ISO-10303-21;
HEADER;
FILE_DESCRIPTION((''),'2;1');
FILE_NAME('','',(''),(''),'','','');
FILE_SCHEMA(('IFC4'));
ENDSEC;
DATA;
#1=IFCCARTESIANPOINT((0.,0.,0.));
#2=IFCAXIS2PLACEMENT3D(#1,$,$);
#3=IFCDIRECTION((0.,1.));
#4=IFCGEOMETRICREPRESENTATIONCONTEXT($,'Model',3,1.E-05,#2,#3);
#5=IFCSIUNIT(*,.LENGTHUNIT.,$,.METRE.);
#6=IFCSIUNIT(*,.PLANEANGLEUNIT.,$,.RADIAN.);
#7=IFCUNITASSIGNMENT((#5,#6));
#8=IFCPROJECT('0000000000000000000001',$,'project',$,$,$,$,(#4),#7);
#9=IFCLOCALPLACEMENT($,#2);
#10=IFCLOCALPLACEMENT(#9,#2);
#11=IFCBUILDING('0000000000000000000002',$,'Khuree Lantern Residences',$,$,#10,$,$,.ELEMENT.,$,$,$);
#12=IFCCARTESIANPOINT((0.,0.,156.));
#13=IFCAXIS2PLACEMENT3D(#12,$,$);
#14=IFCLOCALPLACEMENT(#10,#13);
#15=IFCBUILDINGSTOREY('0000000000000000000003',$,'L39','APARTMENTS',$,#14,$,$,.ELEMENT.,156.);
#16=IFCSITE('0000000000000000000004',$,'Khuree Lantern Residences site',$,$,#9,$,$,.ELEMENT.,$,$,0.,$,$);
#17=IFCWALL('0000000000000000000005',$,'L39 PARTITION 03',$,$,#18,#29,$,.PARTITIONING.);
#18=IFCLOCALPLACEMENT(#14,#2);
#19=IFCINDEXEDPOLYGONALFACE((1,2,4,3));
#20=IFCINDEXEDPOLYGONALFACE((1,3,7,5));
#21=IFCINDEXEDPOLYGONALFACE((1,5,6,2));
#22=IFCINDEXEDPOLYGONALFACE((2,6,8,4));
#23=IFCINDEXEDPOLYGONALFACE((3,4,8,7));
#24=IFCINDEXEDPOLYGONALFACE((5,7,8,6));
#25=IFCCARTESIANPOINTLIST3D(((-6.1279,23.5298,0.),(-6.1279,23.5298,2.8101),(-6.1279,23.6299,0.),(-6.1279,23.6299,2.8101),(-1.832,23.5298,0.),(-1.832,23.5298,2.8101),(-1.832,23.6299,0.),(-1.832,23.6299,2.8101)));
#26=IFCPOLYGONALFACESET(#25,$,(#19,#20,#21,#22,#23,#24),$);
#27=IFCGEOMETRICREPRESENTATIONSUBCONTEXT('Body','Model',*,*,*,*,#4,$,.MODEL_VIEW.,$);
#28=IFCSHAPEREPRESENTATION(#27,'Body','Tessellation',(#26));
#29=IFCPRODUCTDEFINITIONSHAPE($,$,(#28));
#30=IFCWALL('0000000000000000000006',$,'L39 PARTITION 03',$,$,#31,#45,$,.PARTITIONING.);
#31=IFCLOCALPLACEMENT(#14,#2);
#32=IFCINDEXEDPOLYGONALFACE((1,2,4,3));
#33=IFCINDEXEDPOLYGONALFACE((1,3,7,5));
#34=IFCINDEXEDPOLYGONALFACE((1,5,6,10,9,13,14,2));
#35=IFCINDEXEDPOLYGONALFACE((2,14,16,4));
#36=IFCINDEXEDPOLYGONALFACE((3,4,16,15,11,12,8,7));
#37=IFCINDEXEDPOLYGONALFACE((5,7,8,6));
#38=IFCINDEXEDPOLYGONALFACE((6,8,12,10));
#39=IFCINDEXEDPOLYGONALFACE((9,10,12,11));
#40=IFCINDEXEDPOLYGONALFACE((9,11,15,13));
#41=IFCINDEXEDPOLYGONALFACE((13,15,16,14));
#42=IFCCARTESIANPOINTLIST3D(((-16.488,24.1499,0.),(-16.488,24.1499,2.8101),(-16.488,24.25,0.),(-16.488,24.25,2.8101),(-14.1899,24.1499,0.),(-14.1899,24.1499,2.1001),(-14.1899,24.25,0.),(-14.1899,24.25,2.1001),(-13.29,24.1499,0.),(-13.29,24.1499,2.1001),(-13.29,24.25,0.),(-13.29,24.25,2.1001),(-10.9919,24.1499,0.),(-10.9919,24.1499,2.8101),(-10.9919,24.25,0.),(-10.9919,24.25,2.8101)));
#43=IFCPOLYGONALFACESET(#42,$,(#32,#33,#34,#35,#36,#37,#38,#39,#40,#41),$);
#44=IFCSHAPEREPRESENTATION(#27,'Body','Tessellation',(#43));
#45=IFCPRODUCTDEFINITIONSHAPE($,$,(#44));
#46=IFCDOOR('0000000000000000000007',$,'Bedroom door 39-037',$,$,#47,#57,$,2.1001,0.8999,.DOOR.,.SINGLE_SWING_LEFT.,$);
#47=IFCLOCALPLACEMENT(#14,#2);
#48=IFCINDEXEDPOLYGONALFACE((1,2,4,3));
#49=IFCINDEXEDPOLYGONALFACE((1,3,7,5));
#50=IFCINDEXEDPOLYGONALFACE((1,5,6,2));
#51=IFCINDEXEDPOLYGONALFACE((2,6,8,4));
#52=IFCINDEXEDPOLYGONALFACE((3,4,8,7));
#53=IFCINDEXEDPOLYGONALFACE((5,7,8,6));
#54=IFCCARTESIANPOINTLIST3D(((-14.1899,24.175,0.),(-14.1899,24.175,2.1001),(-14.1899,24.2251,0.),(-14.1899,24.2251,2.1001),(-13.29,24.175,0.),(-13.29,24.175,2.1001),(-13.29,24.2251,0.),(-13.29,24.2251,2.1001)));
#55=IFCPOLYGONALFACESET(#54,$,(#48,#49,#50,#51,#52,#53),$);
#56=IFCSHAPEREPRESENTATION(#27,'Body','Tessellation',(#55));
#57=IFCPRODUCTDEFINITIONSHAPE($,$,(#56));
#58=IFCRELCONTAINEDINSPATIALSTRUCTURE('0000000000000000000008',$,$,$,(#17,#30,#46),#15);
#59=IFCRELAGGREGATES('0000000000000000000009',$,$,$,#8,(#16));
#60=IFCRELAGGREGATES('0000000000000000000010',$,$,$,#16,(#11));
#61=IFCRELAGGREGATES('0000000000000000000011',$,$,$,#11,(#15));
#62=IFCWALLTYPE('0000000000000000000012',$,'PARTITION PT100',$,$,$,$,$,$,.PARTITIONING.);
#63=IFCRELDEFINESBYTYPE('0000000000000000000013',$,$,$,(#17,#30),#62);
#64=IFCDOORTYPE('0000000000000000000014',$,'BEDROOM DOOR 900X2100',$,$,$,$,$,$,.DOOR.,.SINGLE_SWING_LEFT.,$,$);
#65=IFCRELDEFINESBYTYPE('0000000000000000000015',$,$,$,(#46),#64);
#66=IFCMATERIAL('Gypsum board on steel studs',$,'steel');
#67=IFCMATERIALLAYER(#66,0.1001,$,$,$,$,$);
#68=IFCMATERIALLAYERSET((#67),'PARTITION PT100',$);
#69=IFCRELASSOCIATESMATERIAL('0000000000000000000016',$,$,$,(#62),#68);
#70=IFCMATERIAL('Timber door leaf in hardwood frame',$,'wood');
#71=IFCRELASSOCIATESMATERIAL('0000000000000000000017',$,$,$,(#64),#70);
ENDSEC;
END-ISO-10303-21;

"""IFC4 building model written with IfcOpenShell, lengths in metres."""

from ifc_helpers import new_model, si_unit, direction, frame, frame_2d, origin, place, context, subcontext, project, spatial, rectangle, extrude, material, layer, layer_set, type_object, element, fill, save


model = new_model("IFC4")

# Units and contexts
model_context = context("Model", 3, precision=1e-05, world=origin(), true_north=direction((0.0, 1.0)))
body_context = subcontext(model_context, "Body", "Model", "MODEL_VIEW")
ifc_project = project(units=[si_unit("LENGTHUNIT", "METRE"), si_unit("PLANEANGLEUNIT", "RADIAN")], contexts=[model_context])

# Site, building, storey
site_placement = place(None, origin())
site = spatial("IfcSite", under=ifc_project, at=site_placement, Name="Khuree Lantern Residences site", CompositionType="ELEMENT", RefElevation=0.0)
building_placement = place(site_placement, origin())
building = spatial("IfcBuilding", under=site, at=building_placement, Name="Khuree Lantern Residences", CompositionType="ELEMENT")
storey_placement = place(building_placement, frame((0.0, 0.0, 156.0)))
storey = spatial("IfcBuildingStorey", under=building, at=storey_placement, Name="L39", Description="APARTMENTS", CompositionType="ELEMENT", Elevation=156.0)

# Shared definitions
ifc_material_1 = material(Name="Gypsum board on steel studs", Category="steel")
ifc_layer_1 = layer(ifc_material_1, 0.1001)
ifc_layer_set_1 = layer_set([ifc_layer_1], Name="PARTITION PT100")
wall_type = type_object("IfcWallType", Name="PARTITION PT100", PredefinedType="PARTITIONING", material=ifc_layer_set_1)

# Shared definitions
ifc_material_2 = material(Name="Timber door leaf in hardwood frame", Category="wood")
door_type_1 = type_object("IfcDoorType", Name="BEDROOM DOOR 900X2100", OperationType="SINGLE_SWING_LEFT", PredefinedType="DOOR", material=ifc_material_2)

# Wall
wall_1_placement = place(storey_placement, frame((-1.832, 23.5798, 0.0), z_axis=(0.0, 0.0, 1.0), x_axis=(-1.0, 0.0, 0.0)))
element("IfcWall", 1, at=wall_1_placement, inside=storey, type_object=wall_type, Name="L39 PARTITION 03", PredefinedType="PARTITIONING", context=body_context, shape_type="SweptSolid", body=[
    extrude(rectangle(XDim=4.2959, YDim=0.1001, at=frame_2d((2.1479, 0.0))), origin(), (0.0, 0.0, 1.0), 2.8101),
])

# Wall, opening, door
wall_2_placement = place(storey_placement, frame((-10.9919, 24.2, 0.0), z_axis=(0.0, 0.0, 1.0), x_axis=(-1.0, 0.0, 0.0)))
wall_2 = element("IfcWall", 2, at=wall_2_placement, inside=storey, type_object=wall_type, Name="L39 PARTITION 03", PredefinedType="PARTITIONING", context=body_context, shape_type="SweptSolid", body=[
    extrude(rectangle(XDim=5.4961, YDim=0.1001, at=frame_2d((2.748, 0.0))), origin(), (0.0, 0.0, 1.0), 2.8101),
])
opening_1_placement = place(wall_2_placement, frame((2.2981, 0.0, 0.0)))
opening_1 = element("IfcOpeningElement", 3, at=opening_1_placement, cuts=wall_2, PredefinedType="OPENING", context=body_context, shape_type="SweptSolid", body=[
    extrude(rectangle(XDim=0.8999, YDim=2.1001, at=frame_2d((0.45, 1.05))), frame((0.0, 0.0601, 0.0), z_axis=(0.0, -1.0, 0.0), x_axis=(1.0, 0.0, 0.0)), (0.0, 0.0, 1.0), 0.1201),
])
door_1_placement = place(opening_1_placement, origin())
door_1 = element("IfcDoor", 4, at=door_1_placement, inside=storey, type_object=door_type_1, Name="Bedroom door 39-037", OperationType="SINGLE_SWING_LEFT", OverallHeight=2.1001, OverallWidth=0.8999, PredefinedType="DOOR", context=body_context, shape_type="SweptSolid", body=[
    extrude(rectangle(XDim=0.8999, YDim=2.1001, at=frame_2d((0.45, 1.05))), frame((0.0, 0.0249, 0.0), z_axis=(0.0, -1.0, 0.0), x_axis=(1.0, 0.0, 0.0)), (0.0, 0.0, 1.0), 0.05),
])
fill(opening_1, door_1)

save(model, "model.ifc")
